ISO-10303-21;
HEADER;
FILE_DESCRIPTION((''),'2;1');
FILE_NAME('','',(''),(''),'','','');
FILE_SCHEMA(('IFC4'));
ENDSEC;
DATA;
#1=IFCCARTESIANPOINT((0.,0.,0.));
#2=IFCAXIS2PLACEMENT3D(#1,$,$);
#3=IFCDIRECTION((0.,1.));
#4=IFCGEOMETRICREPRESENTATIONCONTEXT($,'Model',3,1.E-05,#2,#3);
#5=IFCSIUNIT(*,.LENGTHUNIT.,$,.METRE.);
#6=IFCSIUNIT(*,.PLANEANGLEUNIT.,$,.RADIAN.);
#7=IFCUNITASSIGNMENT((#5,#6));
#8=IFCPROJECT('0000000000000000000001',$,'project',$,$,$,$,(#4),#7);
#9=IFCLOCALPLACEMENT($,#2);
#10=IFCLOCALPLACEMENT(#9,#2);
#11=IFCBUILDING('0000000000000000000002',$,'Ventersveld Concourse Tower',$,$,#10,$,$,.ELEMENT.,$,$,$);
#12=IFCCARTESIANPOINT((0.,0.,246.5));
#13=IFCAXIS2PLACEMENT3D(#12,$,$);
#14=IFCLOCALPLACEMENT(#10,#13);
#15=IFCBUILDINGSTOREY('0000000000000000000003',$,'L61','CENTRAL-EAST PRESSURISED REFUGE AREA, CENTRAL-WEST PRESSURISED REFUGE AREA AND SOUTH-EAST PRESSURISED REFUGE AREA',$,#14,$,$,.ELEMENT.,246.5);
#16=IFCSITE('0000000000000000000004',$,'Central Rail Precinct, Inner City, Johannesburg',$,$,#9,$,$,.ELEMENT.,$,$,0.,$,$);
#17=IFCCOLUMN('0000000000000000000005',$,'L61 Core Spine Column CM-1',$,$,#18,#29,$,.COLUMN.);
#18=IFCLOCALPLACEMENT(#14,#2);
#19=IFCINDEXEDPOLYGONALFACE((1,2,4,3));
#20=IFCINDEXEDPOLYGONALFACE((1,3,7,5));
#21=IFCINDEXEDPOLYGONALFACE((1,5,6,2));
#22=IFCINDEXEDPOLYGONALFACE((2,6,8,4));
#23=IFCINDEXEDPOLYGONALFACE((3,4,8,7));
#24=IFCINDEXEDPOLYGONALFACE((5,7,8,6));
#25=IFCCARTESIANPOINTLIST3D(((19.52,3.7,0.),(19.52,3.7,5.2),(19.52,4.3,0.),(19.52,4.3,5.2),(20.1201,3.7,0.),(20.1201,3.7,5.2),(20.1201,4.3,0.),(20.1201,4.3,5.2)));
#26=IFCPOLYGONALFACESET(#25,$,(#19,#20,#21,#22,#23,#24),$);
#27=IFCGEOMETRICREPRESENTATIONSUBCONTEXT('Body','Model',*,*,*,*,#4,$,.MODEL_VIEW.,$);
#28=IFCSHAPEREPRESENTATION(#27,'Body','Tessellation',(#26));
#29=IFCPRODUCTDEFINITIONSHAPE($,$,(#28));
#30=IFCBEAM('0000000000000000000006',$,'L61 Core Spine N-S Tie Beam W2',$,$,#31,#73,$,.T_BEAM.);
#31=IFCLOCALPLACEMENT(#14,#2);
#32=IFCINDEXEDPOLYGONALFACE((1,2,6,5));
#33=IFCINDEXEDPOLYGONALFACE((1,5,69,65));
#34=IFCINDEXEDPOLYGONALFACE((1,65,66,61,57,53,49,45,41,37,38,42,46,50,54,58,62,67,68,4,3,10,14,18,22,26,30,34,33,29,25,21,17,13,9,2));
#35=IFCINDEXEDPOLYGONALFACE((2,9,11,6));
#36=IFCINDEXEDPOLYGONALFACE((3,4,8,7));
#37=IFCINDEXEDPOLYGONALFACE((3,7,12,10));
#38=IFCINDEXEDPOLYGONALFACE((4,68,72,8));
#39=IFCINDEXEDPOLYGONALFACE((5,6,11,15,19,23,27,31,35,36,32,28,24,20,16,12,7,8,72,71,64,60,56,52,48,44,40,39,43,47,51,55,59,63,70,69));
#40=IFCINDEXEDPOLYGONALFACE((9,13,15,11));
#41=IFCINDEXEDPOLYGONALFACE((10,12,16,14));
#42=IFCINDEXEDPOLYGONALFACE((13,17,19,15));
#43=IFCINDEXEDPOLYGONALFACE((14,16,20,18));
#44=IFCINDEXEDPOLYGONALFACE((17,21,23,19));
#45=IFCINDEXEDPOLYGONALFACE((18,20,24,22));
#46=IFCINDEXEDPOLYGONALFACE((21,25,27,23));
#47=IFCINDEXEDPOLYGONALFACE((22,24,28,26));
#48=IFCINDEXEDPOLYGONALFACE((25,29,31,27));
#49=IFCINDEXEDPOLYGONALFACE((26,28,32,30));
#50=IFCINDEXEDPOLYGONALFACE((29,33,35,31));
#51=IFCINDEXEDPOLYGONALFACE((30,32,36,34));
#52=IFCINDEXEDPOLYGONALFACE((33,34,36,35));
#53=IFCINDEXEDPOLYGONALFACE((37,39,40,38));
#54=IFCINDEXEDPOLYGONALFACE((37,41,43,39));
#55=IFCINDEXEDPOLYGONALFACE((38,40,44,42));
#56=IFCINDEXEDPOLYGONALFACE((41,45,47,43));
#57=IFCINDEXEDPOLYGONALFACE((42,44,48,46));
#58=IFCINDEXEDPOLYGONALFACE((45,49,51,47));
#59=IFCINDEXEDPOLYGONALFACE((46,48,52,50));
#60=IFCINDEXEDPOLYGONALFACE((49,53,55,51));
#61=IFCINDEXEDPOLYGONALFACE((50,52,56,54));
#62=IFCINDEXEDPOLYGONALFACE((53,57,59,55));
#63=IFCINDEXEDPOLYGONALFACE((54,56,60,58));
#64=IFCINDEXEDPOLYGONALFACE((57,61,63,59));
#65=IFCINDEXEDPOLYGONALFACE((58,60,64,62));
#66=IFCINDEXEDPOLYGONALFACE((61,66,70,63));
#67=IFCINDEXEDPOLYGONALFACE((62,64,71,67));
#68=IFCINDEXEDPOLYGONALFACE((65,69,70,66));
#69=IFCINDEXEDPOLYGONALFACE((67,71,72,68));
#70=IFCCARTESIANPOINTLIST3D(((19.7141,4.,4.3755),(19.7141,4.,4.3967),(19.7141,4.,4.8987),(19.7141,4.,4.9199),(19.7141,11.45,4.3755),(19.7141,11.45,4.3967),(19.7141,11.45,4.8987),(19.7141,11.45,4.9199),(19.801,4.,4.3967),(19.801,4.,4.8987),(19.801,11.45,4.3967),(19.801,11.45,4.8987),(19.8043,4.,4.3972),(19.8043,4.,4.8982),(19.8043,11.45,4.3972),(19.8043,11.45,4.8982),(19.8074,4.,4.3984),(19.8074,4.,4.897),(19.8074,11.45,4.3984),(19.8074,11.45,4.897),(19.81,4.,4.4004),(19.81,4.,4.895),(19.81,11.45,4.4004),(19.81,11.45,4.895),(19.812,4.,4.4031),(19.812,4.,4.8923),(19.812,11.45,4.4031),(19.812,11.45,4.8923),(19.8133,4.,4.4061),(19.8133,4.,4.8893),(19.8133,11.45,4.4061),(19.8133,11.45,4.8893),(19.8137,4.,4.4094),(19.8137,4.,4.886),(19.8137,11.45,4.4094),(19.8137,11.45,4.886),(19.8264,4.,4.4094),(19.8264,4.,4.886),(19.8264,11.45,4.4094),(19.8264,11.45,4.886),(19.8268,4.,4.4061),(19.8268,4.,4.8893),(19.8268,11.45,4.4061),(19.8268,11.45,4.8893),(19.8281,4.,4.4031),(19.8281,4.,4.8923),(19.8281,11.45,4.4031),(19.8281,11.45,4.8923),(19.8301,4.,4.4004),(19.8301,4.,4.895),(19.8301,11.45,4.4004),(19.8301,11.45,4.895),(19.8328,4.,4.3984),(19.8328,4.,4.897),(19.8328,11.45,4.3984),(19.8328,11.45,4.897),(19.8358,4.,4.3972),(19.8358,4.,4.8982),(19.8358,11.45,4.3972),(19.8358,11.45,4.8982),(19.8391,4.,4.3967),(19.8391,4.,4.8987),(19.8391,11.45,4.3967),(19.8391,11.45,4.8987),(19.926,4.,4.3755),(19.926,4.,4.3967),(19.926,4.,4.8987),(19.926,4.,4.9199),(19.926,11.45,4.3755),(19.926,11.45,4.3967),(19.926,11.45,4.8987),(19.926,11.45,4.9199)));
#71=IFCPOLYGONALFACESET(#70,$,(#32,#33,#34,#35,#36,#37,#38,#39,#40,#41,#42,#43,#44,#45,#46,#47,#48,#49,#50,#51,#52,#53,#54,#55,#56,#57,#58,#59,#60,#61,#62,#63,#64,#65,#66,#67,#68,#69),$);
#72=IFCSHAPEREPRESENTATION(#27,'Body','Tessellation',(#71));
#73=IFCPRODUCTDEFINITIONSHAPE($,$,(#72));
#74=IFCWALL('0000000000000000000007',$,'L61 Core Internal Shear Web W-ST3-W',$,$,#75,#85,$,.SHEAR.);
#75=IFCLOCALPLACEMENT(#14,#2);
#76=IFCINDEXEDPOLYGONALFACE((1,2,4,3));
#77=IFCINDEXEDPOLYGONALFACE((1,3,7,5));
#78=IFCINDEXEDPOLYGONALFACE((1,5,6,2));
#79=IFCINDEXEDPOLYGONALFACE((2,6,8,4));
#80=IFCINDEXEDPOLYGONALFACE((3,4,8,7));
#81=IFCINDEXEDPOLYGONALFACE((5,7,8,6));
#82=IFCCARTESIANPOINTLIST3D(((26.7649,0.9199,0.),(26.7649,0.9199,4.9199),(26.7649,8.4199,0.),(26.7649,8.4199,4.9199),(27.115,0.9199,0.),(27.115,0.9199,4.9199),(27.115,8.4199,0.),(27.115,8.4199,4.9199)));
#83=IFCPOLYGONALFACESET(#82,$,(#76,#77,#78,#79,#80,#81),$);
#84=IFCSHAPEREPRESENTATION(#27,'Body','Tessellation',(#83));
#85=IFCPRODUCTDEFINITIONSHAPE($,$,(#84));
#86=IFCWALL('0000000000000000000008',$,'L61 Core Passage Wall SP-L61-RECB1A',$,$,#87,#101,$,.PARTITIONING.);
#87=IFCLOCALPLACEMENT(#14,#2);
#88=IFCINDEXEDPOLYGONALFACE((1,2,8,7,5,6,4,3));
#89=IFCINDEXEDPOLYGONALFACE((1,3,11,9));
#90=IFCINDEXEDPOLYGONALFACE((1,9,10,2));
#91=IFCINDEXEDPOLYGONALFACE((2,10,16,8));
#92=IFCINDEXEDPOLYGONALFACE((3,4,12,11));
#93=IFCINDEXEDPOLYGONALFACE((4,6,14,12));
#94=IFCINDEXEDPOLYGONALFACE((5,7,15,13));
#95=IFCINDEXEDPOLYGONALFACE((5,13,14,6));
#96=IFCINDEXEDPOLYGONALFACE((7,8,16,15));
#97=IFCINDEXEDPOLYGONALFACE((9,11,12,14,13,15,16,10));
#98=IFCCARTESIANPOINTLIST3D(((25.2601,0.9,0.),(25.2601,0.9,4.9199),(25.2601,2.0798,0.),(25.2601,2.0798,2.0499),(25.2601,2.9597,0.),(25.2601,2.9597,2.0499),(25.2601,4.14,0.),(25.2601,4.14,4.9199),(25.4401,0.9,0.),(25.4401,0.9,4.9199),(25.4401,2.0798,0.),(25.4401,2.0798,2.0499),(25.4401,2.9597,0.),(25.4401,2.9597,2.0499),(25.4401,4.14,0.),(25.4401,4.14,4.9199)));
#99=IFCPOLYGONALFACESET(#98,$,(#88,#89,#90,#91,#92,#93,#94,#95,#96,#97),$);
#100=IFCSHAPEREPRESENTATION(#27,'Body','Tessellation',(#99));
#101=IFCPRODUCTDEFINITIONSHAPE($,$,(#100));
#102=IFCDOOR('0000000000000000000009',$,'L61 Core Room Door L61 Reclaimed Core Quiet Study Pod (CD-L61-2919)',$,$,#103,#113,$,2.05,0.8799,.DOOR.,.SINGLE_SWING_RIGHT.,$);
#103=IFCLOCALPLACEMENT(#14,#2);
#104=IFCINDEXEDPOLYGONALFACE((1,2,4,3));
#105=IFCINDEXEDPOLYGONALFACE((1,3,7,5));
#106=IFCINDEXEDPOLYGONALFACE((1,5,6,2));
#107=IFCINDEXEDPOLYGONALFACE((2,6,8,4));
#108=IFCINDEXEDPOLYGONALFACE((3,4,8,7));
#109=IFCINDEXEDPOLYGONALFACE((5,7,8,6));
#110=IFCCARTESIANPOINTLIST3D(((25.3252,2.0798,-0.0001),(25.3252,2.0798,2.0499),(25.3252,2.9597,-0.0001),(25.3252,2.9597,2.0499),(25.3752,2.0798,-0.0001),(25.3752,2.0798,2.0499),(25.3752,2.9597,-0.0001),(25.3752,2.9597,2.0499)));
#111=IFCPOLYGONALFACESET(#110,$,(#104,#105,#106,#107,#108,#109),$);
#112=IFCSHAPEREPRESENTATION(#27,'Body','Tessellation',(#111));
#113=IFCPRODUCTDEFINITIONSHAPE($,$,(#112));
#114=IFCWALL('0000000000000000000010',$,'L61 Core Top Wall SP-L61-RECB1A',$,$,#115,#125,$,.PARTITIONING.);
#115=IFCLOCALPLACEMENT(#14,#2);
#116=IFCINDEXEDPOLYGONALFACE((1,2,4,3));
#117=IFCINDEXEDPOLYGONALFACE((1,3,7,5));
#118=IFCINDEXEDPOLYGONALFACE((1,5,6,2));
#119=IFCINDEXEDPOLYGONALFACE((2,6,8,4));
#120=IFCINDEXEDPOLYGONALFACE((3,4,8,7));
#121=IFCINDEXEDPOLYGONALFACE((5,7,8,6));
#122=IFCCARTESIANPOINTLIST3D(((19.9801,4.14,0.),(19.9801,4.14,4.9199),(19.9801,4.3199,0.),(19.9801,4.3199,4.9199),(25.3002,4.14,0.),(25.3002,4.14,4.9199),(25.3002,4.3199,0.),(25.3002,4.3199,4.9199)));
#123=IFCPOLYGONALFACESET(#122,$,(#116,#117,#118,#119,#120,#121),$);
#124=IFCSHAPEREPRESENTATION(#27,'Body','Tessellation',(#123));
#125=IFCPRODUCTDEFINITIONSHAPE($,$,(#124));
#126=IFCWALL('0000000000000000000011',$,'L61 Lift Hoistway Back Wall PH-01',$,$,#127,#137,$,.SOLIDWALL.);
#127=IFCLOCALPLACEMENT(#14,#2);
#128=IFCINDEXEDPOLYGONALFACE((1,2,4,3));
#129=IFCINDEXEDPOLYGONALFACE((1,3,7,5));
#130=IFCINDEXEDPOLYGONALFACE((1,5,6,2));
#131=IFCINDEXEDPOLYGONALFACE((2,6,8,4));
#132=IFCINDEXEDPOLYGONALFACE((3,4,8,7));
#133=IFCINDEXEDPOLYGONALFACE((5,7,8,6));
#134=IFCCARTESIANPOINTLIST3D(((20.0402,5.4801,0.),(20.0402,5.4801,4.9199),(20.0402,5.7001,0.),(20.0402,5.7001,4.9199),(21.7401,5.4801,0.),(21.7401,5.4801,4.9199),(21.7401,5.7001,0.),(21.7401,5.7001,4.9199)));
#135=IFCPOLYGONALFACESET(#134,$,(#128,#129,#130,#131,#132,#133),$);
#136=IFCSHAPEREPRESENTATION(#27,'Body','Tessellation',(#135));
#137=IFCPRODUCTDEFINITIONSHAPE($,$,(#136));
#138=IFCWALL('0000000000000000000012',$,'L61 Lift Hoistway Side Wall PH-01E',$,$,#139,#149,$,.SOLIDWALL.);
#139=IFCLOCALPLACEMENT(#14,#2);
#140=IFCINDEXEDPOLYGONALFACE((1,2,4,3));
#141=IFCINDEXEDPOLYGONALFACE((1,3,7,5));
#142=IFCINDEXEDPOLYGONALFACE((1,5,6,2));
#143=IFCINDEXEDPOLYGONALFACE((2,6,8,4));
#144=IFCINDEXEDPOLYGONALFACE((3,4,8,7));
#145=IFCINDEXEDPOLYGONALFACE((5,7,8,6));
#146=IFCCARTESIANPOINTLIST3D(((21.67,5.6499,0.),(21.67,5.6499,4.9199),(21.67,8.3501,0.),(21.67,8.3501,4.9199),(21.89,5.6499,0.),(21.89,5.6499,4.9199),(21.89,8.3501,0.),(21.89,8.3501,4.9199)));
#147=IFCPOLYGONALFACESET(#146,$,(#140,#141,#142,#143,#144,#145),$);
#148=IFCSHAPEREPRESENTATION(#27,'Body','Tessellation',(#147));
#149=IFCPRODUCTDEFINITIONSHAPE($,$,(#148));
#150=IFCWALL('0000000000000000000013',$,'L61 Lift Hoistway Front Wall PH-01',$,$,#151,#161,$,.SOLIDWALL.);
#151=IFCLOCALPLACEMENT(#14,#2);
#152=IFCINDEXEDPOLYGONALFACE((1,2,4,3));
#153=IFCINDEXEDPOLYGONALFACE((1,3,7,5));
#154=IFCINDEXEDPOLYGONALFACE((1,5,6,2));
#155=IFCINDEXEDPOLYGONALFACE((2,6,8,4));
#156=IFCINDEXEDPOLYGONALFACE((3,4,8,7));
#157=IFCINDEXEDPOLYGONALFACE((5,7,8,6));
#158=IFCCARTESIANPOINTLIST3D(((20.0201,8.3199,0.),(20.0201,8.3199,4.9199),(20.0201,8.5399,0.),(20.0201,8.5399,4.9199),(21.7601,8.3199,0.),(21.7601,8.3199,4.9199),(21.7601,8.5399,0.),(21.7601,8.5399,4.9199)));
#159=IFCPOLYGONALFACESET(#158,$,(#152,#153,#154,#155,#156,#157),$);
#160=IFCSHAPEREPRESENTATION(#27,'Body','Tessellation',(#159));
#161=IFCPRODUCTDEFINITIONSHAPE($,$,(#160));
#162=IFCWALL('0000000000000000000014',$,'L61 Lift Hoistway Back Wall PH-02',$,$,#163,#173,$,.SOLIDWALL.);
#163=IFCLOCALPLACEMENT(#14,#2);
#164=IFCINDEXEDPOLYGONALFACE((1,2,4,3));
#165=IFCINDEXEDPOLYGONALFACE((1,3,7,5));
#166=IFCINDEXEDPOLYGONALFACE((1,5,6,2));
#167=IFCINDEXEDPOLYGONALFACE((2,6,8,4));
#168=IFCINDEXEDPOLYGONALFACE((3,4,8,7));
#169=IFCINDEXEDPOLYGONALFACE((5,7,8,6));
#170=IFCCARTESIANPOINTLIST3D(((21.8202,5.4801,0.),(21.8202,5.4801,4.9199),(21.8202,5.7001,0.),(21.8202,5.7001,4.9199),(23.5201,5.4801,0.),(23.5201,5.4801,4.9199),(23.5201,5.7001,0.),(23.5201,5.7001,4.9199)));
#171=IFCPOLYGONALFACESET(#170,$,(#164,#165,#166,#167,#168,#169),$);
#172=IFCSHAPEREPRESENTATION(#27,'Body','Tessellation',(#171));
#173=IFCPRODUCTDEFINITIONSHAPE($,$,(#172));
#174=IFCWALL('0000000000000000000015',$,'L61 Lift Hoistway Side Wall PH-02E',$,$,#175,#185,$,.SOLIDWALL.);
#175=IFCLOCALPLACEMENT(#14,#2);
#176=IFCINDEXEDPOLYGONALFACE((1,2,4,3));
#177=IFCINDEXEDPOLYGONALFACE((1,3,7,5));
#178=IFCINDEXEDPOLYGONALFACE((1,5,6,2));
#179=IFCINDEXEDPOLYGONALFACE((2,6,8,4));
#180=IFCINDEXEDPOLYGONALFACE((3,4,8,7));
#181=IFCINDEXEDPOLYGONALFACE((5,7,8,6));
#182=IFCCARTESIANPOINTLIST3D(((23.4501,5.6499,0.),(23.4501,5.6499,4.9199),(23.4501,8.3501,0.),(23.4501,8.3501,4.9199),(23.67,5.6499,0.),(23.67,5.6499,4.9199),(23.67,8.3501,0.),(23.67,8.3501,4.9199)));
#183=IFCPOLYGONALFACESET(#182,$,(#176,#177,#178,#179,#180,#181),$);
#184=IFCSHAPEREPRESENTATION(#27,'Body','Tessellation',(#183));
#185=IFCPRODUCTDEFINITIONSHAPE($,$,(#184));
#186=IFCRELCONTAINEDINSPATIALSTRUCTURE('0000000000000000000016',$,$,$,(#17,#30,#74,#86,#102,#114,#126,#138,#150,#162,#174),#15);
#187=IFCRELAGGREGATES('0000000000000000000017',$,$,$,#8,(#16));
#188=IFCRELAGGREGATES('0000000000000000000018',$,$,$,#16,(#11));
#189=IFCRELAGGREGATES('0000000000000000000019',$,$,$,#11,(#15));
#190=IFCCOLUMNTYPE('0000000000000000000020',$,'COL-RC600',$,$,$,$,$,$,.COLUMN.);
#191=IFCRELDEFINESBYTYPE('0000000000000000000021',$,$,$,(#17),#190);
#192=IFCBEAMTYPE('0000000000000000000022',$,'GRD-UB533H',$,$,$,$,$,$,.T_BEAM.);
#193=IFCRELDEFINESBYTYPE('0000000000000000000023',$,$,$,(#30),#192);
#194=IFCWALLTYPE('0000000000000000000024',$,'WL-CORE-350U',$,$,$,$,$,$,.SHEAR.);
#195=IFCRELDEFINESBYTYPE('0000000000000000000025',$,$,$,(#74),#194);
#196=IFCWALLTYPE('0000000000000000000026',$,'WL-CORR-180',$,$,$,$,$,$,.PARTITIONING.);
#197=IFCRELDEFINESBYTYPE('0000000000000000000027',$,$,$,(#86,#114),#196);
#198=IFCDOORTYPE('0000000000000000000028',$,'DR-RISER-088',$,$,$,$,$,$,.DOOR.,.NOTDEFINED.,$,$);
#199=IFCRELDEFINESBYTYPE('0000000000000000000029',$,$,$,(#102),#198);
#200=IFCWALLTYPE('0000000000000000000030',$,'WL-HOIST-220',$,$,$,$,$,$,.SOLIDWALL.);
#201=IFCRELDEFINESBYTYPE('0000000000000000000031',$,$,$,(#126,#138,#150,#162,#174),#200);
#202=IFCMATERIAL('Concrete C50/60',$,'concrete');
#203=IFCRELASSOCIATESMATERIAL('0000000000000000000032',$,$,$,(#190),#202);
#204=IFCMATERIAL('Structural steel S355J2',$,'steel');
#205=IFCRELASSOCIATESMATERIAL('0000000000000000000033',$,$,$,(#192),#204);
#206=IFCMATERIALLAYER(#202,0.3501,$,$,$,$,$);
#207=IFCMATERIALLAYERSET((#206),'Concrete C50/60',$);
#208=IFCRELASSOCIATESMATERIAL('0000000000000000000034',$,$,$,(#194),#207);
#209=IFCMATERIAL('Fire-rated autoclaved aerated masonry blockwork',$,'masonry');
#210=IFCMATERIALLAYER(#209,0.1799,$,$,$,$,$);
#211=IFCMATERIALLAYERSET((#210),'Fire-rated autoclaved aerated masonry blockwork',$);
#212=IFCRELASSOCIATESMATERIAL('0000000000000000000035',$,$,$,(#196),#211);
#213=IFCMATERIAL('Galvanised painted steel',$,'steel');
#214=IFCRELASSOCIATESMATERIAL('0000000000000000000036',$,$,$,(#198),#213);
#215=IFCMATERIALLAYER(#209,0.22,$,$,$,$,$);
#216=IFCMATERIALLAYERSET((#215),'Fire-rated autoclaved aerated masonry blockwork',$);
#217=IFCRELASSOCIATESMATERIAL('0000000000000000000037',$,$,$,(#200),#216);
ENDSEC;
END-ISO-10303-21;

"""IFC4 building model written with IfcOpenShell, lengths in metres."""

from ifc_helpers import new_model, si_unit, direction, frame, frame_2d, origin, origin_2d, place, context, subcontext, project, spatial, rectangle, i_section, extrude, material, layer, layer_set, material_profile, profile_set, type_object, element, fill, save


model = new_model("IFC4")

# Units and contexts
model_context = context("Model", 3, precision=1e-05, world=origin(), true_north=direction((0.0, 1.0)))
body_context = subcontext(model_context, "Body", "Model", "MODEL_VIEW")
ifc_project = project(units=[si_unit("LENGTHUNIT", "METRE"), si_unit("PLANEANGLEUNIT", "RADIAN")], contexts=[model_context])

# Site, building, storey
site_placement = place(None, origin())
site = spatial("IfcSite", under=ifc_project, at=site_placement, Name="Central Rail Precinct, Inner City, Johannesburg", CompositionType="ELEMENT", RefElevation=0.0)
building_placement = place(site_placement, origin())
building = spatial("IfcBuilding", under=site, at=building_placement, Name="Ventersveld Concourse Tower", CompositionType="ELEMENT")
storey_placement = place(building_placement, frame((0.0, 0.0, 246.5)))
storey = spatial("IfcBuildingStorey", under=building, at=storey_placement, Name="L61", Description="CENTRAL-EAST PRESSURISED REFUGE AREA, CENTRAL-WEST PRESSURISED REFUGE AREA AND SOUTH-EAST PRESSURISED REFUGE AREA", CompositionType="ELEMENT", Elevation=246.5)

# Column
ifc_material_1 = material(Name="Concrete C50/60", Category="concrete")
ifc_material_profile_1 = material_profile(ifc_material_1, rectangle(XDim=0.6001, YDim=0.6001, at=origin_2d()), Name="RC 600x600")
ifc_profile_set_1 = profile_set([ifc_material_profile_1], Name="Concrete C50/60")
column_type = type_object("IfcColumnType", Name="COL-RC600", PredefinedType="COLUMN", material=ifc_profile_set_1)
column_placement = place(storey_placement, frame((19.8201, 4.0, 0.0), z_axis=(0.0, 0.0, 1.0), x_axis=(1.0, 0.0, 0.0)))
element("IfcColumn", 1, at=column_placement, inside=storey, type_object=column_type, Name="L61 Core Spine Column CM-1", PredefinedType="COLUMN", context=body_context, shape_type="SweptSolid", body=[
    extrude(rectangle(XDim=0.6001, YDim=0.6001, at=origin_2d()), origin(), (0.0, 0.0, 1.0), 5.2),
])

# Beam
ifc_material_2 = material(Name="Structural steel S355J2", Category="steel")
ifc_material_profile_2 = material_profile(ifc_material_2, i_section(OverallWidth=0.2119, OverallDepth=0.5444, WebThickness=0.0127, FlangeThickness=0.0212, FilletRadius=0.0127, at=origin_2d()), Name="UB 533x210x122")
ifc_profile_set_2 = profile_set([ifc_material_profile_2], Name="Structural steel S355J2")
beam_type = type_object("IfcBeamType", Name="GRD-UB533H", PredefinedType="T_BEAM", material=ifc_profile_set_2)
beam_placement = place(storey_placement, frame((19.8201, 4.0, 4.6477), z_axis=(0.0, 1.0, 0.0), x_axis=(-1.0, 0.0, 0.0)))
element("IfcBeam", 2, at=beam_placement, inside=storey, type_object=beam_type, Name="L61 Core Spine N-S Tie Beam W2", PredefinedType="T_BEAM", context=body_context, shape_type="SweptSolid", body=[
    extrude(i_section(OverallWidth=0.2119, OverallDepth=0.5444, WebThickness=0.0127, FlangeThickness=0.0212, FilletRadius=0.0127, at=origin_2d()), origin(), (0.0, 0.0, 1.0), 7.45),
])

# Wall
ifc_layer_1 = layer(ifc_material_1, 0.3501)
ifc_layer_set_1 = layer_set([ifc_layer_1], Name="Concrete C50/60")
wall_type_1 = type_object("IfcWallType", Name="WL-CORE-350U", PredefinedType="SHEAR", material=ifc_layer_set_1)
wall_1_placement = place(storey_placement, frame((26.9399, 0.9199, 0.0), z_axis=(0.0, 0.0, 1.0), x_axis=(0.0, 1.0, 0.0)))
element("IfcWall", 3, at=wall_1_placement, inside=storey, type_object=wall_type_1, Name="L61 Core Internal Shear Web W-ST3-W", PredefinedType="SHEAR", context=body_context, shape_type="SweptSolid", body=[
    extrude(rectangle(XDim=7.5, YDim=0.3501, at=frame_2d((3.75, 0.0))), origin(), (0.0, 0.0, 1.0), 4.9199),
])

# Wall, opening, door
ifc_material_3 = material(Name="Fire-rated autoclaved aerated masonry blockwork", Category="masonry")
ifc_layer_2 = layer(ifc_material_3, 0.1799)
ifc_layer_set_2 = layer_set([ifc_layer_2], Name="Fire-rated autoclaved aerated masonry blockwork")
wall_type_2 = type_object("IfcWallType", Name="WL-CORR-180", PredefinedType="PARTITIONING", material=ifc_layer_set_2)
wall_2_placement = place(storey_placement, frame((25.3501, 0.8999, 0.0), z_axis=(0.0, 0.0, 1.0), x_axis=(0.0, 1.0, 0.0)))
wall_2 = element("IfcWall", 4, at=wall_2_placement, inside=storey, type_object=wall_type_2, Name="L61 Core Passage Wall SP-L61-RECB1A", PredefinedType="PARTITIONING", context=body_context, shape_type="SweptSolid", body=[
    extrude(rectangle(XDim=3.24, YDim=0.1799, at=frame_2d((1.6201, 0.0))), origin(), (0.0, 0.0, 1.0), 4.9199),
])
opening_1_placement = place(wall_2_placement, frame((1.1799, 0.0, 0.0)))
opening_1 = element("IfcOpeningElement", 5, at=opening_1_placement, cuts=wall_2, PredefinedType="OPENING", context=body_context, shape_type="SweptSolid", body=[
    extrude(rectangle(XDim=0.8799, YDim=2.05, at=frame_2d((0.4399, 1.0249))), frame((0.0, 0.1001, 0.0), z_axis=(0.0, -1.0, 0.0), x_axis=(1.0, 0.0, 0.0)), (0.0, 0.0, 1.0), 0.2),
])
ifc_material_4 = material(Name="Galvanised painted steel", Category="steel")
door_type_1 = type_object("IfcDoorType", Name="DR-RISER-088", OperationType="NOTDEFINED", PredefinedType="DOOR", material=ifc_material_4)
door_1_placement = place(opening_1_placement, origin())
door_1 = element("IfcDoor", 6, at=door_1_placement, inside=storey, type_object=door_type_1, Name="L61 Core Room Door L61 Reclaimed Core Quiet Study Pod (CD-L61-2919)", OperationType="SINGLE_SWING_RIGHT", OverallHeight=2.05, OverallWidth=0.8799, PredefinedType="DOOR", context=body_context, shape_type="SweptSolid", body=[
    extrude(rectangle(XDim=0.8799, YDim=2.05, at=frame_2d((0.4399, 1.0249))), frame((0.0, 0.0249, 0.0), z_axis=(0.0, -1.0, 0.0), x_axis=(1.0, 0.0, 0.0)), (0.0, 0.0, 1.0), 0.05),
])
fill(opening_1, door_1)

# Walls
wall_3_placement = place(storey_placement, frame((19.98, 4.23, 0.0), z_axis=(0.0, 0.0, 1.0), x_axis=(1.0, 0.0, 0.0)))
element("IfcWall", 7, at=wall_3_placement, inside=storey, type_object=wall_type_2, Name="L61 Core Top Wall SP-L61-RECB1A", PredefinedType="PARTITIONING", context=body_context, shape_type="SweptSolid", body=[
    extrude(rectangle(XDim=5.3201, YDim=0.1799, at=frame_2d((2.6602, 0.0))), origin(), (0.0, 0.0, 1.0), 4.9199),
])
ifc_layer_3 = layer(ifc_material_3, 0.22)
ifc_layer_set_3 = layer_set([ifc_layer_3], Name="Fire-rated autoclaved aerated masonry blockwork")
wall_type_3 = type_object("IfcWallType", Name="WL-HOIST-220", PredefinedType="SOLIDWALL", material=ifc_layer_set_3)
wall_4_placement = place(storey_placement, frame((20.04, 5.5901, 0.0), z_axis=(0.0, 0.0, 1.0), x_axis=(1.0, 0.0, 0.0)))
element("IfcWall", 8, at=wall_4_placement, inside=storey, type_object=wall_type_3, Name="L61 Lift Hoistway Back Wall PH-01", PredefinedType="SOLIDWALL", context=body_context, shape_type="SweptSolid", body=[
    extrude(rectangle(XDim=1.7, YDim=0.22, at=frame_2d((0.8501, 0.0))), origin(), (0.0, 0.0, 1.0), 4.9199),
])
wall_5_placement = place(storey_placement, frame((21.78, 5.6499, 0.0), z_axis=(0.0, 0.0, 1.0), x_axis=(0.0, 1.0, 0.0)))
element("IfcWall", 9, at=wall_5_placement, inside=storey, type_object=wall_type_3, Name="L61 Lift Hoistway Side Wall PH-01E", PredefinedType="SOLIDWALL", context=body_context, shape_type="SweptSolid", body=[
    extrude(rectangle(XDim=2.7002, YDim=0.22, at=frame_2d((1.3501, 0.0))), origin(), (0.0, 0.0, 1.0), 4.9199),
])
wall_6_placement = place(storey_placement, frame((20.02, 8.4299, 0.0), z_axis=(0.0, 0.0, 1.0), x_axis=(1.0, 0.0, 0.0)))
element("IfcWall", 10, at=wall_6_placement, inside=storey, type_object=wall_type_3, Name="L61 Lift Hoistway Front Wall PH-01", PredefinedType="SOLIDWALL", context=body_context, shape_type="SweptSolid", body=[
    extrude(rectangle(XDim=1.74, YDim=0.22, at=frame_2d((0.8701, 0.0))), origin(), (0.0, 0.0, 1.0), 4.9199),
])
wall_7_placement = place(storey_placement, frame((21.8201, 5.5901, 0.0), z_axis=(0.0, 0.0, 1.0), x_axis=(1.0, 0.0, 0.0)))
element("IfcWall", 11, at=wall_7_placement, inside=storey, type_object=wall_type_3, Name="L61 Lift Hoistway Back Wall PH-02", PredefinedType="SOLIDWALL", context=body_context, shape_type="SweptSolid", body=[
    extrude(rectangle(XDim=1.7, YDim=0.22, at=frame_2d((0.8501, 0.0))), origin(), (0.0, 0.0, 1.0), 4.9199),
])
wall_8_placement = place(storey_placement, frame((23.5601, 5.6499, 0.0), z_axis=(0.0, 0.0, 1.0), x_axis=(0.0, 1.0, 0.0)))
element("IfcWall", 12, at=wall_8_placement, inside=storey, type_object=wall_type_3, Name="L61 Lift Hoistway Side Wall PH-02E", PredefinedType="SOLIDWALL", context=body_context, shape_type="SweptSolid", body=[
    extrude(rectangle(XDim=2.7002, YDim=0.22, at=frame_2d((1.3501, 0.0))), origin(), (0.0, 0.0, 1.0), 4.9199),
])

save(model, "model.ifc")
